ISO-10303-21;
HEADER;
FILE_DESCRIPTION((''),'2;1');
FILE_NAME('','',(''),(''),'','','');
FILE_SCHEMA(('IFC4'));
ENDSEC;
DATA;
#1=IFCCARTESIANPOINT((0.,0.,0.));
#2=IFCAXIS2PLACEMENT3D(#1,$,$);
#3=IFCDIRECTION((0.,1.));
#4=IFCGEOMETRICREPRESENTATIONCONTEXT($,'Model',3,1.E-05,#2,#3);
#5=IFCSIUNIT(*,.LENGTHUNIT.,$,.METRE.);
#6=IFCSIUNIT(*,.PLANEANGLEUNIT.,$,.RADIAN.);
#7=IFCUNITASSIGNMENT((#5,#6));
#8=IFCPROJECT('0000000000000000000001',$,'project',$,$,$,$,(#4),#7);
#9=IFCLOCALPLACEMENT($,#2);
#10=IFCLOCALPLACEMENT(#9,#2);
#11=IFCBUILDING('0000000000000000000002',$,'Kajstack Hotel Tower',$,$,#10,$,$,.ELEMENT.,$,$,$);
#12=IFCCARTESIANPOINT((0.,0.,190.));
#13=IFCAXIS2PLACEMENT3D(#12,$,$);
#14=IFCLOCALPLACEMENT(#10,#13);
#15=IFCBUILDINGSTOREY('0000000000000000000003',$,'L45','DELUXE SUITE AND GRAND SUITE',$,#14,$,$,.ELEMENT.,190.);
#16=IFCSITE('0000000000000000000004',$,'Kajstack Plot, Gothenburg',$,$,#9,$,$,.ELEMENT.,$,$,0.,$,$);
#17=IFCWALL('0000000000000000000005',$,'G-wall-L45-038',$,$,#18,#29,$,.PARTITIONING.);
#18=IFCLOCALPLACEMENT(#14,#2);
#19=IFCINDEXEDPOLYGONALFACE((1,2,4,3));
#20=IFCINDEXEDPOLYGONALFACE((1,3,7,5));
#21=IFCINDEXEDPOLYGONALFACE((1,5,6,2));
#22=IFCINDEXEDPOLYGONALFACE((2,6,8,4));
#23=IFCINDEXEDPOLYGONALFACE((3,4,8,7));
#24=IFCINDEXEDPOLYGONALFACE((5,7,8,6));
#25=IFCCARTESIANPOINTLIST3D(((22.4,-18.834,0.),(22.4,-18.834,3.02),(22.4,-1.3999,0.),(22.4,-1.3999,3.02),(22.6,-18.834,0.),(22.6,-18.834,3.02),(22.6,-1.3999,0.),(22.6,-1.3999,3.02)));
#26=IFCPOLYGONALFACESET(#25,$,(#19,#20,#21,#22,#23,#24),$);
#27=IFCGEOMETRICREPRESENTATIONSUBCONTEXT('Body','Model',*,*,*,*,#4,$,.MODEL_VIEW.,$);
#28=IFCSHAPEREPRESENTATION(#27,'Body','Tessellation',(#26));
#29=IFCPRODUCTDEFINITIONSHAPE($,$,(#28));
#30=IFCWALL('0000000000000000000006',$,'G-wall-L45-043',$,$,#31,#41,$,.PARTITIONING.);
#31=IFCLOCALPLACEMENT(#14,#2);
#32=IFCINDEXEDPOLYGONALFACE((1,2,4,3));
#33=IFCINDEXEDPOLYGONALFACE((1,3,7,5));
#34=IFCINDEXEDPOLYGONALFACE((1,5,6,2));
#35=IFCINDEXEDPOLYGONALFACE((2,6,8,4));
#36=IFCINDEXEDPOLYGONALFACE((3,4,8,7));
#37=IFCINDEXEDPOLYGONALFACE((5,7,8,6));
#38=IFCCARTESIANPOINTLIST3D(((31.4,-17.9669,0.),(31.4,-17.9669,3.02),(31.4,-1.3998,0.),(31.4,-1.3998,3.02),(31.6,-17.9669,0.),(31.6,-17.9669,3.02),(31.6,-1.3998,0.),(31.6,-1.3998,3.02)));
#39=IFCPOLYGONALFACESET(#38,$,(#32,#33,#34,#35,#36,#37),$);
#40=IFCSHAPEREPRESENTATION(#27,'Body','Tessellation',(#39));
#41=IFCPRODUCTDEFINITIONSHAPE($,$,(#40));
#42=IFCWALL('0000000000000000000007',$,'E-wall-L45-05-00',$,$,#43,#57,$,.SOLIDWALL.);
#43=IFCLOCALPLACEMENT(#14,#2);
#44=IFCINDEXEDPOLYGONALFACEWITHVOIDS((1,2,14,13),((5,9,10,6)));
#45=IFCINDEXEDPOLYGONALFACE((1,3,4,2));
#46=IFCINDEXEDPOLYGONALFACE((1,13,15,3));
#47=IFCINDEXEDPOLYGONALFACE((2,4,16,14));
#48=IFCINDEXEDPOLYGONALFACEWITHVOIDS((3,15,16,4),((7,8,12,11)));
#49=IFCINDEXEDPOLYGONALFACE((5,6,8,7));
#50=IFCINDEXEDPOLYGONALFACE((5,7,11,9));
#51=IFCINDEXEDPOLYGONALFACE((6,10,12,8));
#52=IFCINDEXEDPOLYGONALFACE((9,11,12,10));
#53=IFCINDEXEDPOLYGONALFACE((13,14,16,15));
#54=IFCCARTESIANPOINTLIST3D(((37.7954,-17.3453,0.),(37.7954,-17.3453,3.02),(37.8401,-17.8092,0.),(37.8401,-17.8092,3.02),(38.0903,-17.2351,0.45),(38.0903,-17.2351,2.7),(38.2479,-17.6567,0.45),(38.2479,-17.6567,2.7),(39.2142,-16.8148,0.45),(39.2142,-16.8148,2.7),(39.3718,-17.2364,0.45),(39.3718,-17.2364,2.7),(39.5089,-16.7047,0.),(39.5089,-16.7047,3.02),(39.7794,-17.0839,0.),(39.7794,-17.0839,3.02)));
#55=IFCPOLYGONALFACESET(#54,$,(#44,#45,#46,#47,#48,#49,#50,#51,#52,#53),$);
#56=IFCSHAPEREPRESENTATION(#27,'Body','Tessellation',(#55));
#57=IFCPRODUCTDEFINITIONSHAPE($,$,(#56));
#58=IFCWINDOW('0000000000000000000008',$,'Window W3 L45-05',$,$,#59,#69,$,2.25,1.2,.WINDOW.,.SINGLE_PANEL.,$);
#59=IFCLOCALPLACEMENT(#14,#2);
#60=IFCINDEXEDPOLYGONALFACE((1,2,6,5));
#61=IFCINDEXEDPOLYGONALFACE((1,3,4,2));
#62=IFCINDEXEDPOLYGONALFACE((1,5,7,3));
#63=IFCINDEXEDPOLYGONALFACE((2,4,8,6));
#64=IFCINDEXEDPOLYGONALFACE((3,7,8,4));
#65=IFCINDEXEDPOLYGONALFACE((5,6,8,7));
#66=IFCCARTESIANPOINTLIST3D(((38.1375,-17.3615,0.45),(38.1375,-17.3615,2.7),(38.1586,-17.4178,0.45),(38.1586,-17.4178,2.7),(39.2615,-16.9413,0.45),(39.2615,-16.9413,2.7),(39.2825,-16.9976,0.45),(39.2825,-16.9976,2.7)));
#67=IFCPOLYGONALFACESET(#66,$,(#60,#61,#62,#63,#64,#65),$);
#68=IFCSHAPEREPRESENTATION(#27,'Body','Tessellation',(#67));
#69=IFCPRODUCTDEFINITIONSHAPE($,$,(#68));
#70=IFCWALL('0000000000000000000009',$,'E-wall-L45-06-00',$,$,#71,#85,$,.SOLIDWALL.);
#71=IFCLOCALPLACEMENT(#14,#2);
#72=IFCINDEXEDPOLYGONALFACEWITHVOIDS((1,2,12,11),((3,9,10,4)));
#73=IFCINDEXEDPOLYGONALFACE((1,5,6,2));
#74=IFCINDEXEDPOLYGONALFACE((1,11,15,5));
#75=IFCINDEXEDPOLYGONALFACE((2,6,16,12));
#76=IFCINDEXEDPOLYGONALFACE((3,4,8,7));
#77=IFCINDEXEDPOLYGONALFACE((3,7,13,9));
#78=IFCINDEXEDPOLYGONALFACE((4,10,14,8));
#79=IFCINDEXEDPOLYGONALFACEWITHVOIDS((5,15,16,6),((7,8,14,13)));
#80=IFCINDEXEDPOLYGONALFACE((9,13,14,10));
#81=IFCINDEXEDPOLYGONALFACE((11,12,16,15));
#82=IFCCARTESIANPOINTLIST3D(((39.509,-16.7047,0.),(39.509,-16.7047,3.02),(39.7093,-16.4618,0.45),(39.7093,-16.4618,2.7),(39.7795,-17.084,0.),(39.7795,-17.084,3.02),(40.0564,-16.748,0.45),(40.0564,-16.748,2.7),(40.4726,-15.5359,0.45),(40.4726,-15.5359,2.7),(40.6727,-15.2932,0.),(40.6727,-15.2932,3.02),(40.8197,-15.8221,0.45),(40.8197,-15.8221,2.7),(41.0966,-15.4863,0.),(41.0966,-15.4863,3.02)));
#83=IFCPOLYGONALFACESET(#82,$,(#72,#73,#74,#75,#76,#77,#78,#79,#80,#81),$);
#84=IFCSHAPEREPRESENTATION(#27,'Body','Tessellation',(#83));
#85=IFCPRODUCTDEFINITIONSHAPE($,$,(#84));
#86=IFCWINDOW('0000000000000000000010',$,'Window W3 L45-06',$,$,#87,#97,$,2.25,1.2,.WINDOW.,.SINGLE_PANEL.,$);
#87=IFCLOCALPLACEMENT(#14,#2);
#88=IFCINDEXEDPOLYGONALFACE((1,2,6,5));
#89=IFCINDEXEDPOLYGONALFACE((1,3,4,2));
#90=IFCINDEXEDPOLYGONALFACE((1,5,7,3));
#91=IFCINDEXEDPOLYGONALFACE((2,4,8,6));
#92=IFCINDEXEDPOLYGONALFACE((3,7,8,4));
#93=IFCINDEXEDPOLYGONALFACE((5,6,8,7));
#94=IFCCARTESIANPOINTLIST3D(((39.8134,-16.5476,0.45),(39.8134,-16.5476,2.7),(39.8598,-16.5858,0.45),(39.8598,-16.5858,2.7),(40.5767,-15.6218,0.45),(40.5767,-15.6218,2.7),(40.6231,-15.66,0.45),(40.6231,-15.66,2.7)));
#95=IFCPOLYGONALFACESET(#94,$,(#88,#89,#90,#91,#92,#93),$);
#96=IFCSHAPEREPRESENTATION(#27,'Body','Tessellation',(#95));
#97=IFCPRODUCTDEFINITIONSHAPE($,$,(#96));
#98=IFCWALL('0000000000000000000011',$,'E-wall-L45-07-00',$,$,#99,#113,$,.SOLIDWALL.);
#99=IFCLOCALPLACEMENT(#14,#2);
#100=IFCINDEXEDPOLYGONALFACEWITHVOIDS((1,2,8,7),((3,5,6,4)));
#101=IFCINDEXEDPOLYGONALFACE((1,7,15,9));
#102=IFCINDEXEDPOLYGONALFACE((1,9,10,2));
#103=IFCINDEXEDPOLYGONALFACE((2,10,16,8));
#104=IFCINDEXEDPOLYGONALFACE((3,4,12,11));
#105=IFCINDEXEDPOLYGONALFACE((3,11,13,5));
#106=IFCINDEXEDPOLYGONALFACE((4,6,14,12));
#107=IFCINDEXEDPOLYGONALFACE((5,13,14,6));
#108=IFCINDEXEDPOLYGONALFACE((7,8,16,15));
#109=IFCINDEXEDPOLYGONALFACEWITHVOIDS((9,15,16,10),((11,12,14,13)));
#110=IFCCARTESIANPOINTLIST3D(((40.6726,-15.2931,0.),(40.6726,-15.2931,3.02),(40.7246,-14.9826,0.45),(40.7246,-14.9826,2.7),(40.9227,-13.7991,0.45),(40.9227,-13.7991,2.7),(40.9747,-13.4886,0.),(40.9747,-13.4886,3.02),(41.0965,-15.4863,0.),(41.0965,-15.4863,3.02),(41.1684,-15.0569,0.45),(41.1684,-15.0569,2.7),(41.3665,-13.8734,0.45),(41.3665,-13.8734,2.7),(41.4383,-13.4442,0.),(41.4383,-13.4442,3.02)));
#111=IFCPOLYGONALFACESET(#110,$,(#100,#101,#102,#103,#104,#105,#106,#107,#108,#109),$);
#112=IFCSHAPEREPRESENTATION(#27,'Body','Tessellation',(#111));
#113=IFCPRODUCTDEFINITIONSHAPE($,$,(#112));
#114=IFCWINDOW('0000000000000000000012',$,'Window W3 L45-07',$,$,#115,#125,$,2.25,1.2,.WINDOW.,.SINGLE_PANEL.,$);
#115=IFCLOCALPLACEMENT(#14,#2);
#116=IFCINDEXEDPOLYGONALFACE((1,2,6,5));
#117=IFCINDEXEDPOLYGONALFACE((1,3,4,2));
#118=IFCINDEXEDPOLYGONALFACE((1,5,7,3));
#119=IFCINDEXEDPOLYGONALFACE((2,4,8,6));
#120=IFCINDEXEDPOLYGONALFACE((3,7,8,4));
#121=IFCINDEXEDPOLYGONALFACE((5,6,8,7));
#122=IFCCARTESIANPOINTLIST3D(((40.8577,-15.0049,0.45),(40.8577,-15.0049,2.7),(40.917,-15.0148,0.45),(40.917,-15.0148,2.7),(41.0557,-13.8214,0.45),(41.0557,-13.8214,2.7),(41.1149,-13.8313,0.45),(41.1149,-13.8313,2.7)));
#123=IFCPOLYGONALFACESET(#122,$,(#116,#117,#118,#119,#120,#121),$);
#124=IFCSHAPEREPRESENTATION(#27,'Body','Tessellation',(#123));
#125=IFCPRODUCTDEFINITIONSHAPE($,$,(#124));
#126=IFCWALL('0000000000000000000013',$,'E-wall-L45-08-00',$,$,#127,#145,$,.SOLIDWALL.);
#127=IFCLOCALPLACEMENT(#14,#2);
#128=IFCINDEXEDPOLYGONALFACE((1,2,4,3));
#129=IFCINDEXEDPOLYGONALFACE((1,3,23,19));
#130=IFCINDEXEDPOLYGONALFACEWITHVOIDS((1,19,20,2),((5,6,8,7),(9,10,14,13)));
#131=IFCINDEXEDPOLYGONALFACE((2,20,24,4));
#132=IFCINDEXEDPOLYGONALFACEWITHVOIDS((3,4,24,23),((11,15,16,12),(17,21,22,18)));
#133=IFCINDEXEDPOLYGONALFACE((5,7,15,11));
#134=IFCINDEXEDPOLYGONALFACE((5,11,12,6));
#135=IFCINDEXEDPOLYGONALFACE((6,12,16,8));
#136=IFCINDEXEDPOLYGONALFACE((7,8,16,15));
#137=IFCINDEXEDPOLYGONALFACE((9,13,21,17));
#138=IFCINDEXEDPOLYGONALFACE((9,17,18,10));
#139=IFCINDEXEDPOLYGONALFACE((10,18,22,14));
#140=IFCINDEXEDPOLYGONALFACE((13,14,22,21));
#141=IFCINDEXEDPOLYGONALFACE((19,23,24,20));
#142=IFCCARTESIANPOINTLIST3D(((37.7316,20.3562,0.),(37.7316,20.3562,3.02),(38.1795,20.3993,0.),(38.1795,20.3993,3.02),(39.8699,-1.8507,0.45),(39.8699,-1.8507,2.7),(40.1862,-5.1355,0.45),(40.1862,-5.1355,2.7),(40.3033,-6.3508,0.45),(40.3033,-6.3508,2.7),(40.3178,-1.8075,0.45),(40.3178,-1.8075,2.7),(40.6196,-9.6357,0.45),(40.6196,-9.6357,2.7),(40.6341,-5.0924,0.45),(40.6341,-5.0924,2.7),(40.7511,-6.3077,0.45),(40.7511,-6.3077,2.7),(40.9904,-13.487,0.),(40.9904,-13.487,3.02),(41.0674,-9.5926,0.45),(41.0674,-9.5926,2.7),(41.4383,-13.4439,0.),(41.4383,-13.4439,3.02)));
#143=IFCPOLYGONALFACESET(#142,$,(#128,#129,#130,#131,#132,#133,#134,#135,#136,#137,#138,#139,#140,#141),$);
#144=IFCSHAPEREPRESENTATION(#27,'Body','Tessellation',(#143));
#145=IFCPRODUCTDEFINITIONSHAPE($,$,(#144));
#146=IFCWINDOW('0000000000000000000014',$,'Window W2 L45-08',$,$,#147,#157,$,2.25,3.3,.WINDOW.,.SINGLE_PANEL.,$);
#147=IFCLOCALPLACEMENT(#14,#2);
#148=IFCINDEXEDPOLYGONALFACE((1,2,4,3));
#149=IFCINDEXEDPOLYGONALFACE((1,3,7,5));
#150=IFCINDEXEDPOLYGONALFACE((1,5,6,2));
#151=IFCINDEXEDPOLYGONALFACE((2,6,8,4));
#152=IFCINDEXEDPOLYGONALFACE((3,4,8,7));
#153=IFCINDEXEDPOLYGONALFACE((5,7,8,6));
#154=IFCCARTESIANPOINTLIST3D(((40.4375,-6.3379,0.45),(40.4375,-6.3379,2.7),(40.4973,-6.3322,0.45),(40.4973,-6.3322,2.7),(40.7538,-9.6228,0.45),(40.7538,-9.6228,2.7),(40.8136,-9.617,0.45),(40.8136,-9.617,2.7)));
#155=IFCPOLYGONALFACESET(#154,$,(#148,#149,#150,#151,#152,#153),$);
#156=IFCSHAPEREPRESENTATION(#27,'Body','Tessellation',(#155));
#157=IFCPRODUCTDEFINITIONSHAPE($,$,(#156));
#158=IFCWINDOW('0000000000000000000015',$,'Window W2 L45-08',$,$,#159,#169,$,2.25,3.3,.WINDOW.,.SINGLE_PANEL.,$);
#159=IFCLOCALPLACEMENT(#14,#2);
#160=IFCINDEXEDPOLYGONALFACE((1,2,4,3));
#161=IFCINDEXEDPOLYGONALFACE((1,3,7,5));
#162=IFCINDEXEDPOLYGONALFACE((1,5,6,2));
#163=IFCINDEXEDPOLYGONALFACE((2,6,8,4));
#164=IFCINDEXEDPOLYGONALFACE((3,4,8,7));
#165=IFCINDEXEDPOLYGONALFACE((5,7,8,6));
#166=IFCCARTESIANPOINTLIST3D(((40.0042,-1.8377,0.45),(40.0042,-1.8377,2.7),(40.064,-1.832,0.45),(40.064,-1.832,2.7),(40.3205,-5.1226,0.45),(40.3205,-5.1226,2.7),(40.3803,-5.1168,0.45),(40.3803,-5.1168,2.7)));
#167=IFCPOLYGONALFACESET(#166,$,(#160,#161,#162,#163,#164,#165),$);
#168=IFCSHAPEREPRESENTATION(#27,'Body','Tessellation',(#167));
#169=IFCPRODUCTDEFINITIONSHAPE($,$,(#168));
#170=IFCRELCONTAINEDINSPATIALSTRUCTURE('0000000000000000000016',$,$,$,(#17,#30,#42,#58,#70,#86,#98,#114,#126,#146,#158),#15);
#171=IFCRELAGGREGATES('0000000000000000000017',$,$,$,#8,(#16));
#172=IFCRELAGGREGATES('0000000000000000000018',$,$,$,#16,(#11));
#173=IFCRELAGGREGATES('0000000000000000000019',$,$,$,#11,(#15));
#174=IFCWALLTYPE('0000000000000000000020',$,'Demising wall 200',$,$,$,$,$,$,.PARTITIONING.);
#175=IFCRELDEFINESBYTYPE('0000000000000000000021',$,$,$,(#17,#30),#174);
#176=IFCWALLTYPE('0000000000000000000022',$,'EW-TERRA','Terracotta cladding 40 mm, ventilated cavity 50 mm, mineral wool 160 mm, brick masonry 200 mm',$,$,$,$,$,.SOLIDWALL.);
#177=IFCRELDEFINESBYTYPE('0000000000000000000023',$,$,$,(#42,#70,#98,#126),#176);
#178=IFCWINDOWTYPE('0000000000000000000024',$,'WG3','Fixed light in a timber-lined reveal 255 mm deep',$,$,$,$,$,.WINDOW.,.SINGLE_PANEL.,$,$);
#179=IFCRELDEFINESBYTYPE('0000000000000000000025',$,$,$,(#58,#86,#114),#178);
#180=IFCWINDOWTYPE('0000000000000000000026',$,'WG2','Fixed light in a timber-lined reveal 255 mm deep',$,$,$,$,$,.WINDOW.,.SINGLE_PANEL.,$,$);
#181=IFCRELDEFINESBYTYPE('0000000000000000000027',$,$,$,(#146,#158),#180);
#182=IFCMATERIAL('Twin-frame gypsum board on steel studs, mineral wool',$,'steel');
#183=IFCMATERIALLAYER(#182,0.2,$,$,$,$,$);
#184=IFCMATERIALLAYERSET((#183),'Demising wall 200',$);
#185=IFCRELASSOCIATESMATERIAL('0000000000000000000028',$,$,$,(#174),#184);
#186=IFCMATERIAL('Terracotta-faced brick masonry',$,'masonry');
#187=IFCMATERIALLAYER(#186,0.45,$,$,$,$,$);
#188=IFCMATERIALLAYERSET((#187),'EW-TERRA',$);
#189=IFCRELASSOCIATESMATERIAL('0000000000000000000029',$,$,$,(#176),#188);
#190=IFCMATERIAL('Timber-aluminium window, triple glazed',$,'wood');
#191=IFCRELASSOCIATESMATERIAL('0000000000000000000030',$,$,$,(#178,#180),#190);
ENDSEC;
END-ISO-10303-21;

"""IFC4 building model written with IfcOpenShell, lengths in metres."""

from ifc_helpers import new_model, si_unit, direction, frame, frame_2d, origin, place, context, subcontext, project, spatial, polyline, rectangle, outline, extrude, material, layer, layer_set, type_object, element, fill, save


model = new_model("IFC4")

# Units and contexts
model_context = context("Model", 3, precision=1e-05, world=origin(), true_north=direction((0.0, 1.0)))
body_context = subcontext(model_context, "Body", "Model", "MODEL_VIEW")
ifc_project = project(units=[si_unit("LENGTHUNIT", "METRE"), si_unit("PLANEANGLEUNIT", "RADIAN")], contexts=[model_context])

# Site, building, storey
site_placement = place(None, origin())
site = spatial("IfcSite", under=ifc_project, at=site_placement, Name="Kajstack Plot, Gothenburg", CompositionType="ELEMENT", RefElevation=0.0)
building_placement = place(site_placement, origin())
building = spatial("IfcBuilding", under=site, at=building_placement, Name="Kajstack Hotel Tower", CompositionType="ELEMENT")
storey_placement = place(building_placement, frame((0.0, 0.0, 190.0)))
storey = spatial("IfcBuildingStorey", under=building, at=storey_placement, Name="L45", Description="DELUXE SUITE AND GRAND SUITE", CompositionType="ELEMENT", Elevation=190.0)

# Walls
ifc_material_1 = material(Name="Twin-frame gypsum board on steel studs, mineral wool", Category="steel")
ifc_layer_1 = layer(ifc_material_1, 0.2)
ifc_layer_set_1 = layer_set([ifc_layer_1], Name="Demising wall 200")
wall_type_1 = type_object("IfcWallType", Name="Demising wall 200", PredefinedType="PARTITIONING", material=ifc_layer_set_1)
wall_1_placement = place(storey_placement, frame((22.5, -18.834, 0.0), z_axis=(0.0, 0.0, 1.0), x_axis=(0.0, 1.0, 0.0)))
element("IfcWall", 1, at=wall_1_placement, inside=storey, type_object=wall_type_1, Name="G-wall-L45-038", PredefinedType="PARTITIONING", context=body_context, shape_type="SweptSolid", body=[
    extrude(rectangle(XDim=17.4341, YDim=0.2, at=frame_2d((8.717, 0.0))), origin(), (0.0, 0.0, 1.0), 3.02),
])
wall_2_placement = place(storey_placement, frame((31.5, -17.967, 0.0), z_axis=(0.0, 0.0, 1.0), x_axis=(0.0, 1.0, 0.0)))
element("IfcWall", 2, at=wall_2_placement, inside=storey, type_object=wall_type_1, Name="G-wall-L45-043", PredefinedType="PARTITIONING", context=body_context, shape_type="SweptSolid", body=[
    extrude(rectangle(XDim=16.5671, YDim=0.2, at=frame_2d((8.2837, 0.0))), origin(), (0.0, 0.0, 1.0), 3.02),
])

# Walls, openings, windows
ifc_material_2 = material(Name="Terracotta-faced brick masonry", Category="masonry")
ifc_layer_2 = layer(ifc_material_2, 0.45)
ifc_layer_set_2 = layer_set([ifc_layer_2], Name="EW-TERRA")
wall_type_2 = type_object("IfcWallType", Name="EW-TERRA", Description="Terracotta cladding 40 mm, ventilated cavity 50 mm, mineral wool 160 mm, brick masonry 200 mm", PredefinedType="SOLIDWALL", material=ifc_layer_set_2)
wall_3_placement = place(storey_placement, frame((37.7612, -17.5984, 0.0), z_axis=(0.0, 0.0, 1.0), x_axis=(0.936678, 0.350193, 0.0)))
wall_3 = element("IfcWall", 3, at=wall_3_placement, inside=storey, type_object=wall_type_2, Name="E-wall-L45-05-00", PredefinedType="SOLIDWALL", context=body_context, shape_type="SweptSolid", body=[
    extrude(outline(polyline([(0.0, -0.2251), (2.0706, -0.2249), (1.95, 0.2251), (0.1206, 0.2251), (0.0, -0.2251)])), origin(), (0.0, 0.0, 1.0), 3.02),
])
opening_1_placement = place(wall_3_placement, frame((0.4353, 0.0, 0.45)))
opening_1 = element("IfcOpeningElement", 4, at=opening_1_placement, cuts=wall_3, PredefinedType="OPENING", context=body_context, shape_type="SweptSolid", body=[
    extrude(rectangle(XDim=1.2, YDim=2.25, at=frame_2d((0.6001, 1.125))), frame((0.0, 0.2349, 0.0), z_axis=(0.0, -1.0, 0.0), x_axis=(1.0, 0.0, 0.0)), (0.0, 0.0, 1.0), 0.47),
])
ifc_material_3 = material(Name="Timber-aluminium window, triple glazed", Category="wood")
window_type_1 = type_object("IfcWindowType", Name="WG3", Description="Fixed light in a timber-lined reveal 255 mm deep", PartitioningType="SINGLE_PANEL", PredefinedType="WINDOW", material=ifc_material_3)
window_1_placement = place(opening_1_placement, origin())
window_1 = element("IfcWindow", 5, at=window_1_placement, inside=storey, type_object=window_type_1, Name="Window W3 L45-05", OverallHeight=2.25, OverallWidth=1.2, PartitioningType="SINGLE_PANEL", PredefinedType="WINDOW", context=body_context, shape_type="SweptSolid", body=[
    extrude(rectangle(XDim=1.2, YDim=2.25, at=frame_2d((0.6001, 1.125))), frame((0.0, 0.0901, 0.0), z_axis=(0.0, -1.0, 0.0), x_axis=(1.0, 0.0, 0.0)), (0.0, 0.0, 1.0), 0.0601),
])
fill(opening_1, window_1)
wall_4_placement = place(storey_placement, frame((39.606, -16.9409, 0.0), z_axis=(0.0, 0.0, 1.0), x_axis=(0.636116, 0.771593, 0.0)))
wall_4 = element("IfcWall", 6, at=wall_4_placement, inside=storey, type_object=wall_type_2, Name="E-wall-L45-06-00", PredefinedType="SOLIDWALL", context=body_context, shape_type="SweptSolid", body=[
    extrude(outline(polyline([(0.0, -0.2249), (2.0706, -0.2249), (1.95, 0.2251), (0.1206, 0.2251), (0.0, -0.2249)])), origin(), (0.0, 0.0, 1.0), 3.02),
])
opening_2_placement = place(wall_4_placement, frame((0.4353, 0.0, 0.45)))
opening_2 = element("IfcOpeningElement", 7, at=opening_2_placement, cuts=wall_4, PredefinedType="OPENING", context=body_context, shape_type="SweptSolid", body=[
    extrude(rectangle(XDim=1.2, YDim=2.25, at=frame_2d((0.6001, 1.125))), frame((0.0, 0.2349, 0.0), z_axis=(0.0, -1.0, 0.0), x_axis=(1.0, 0.0, 0.0)), (0.0, 0.0, 1.0), 0.47),
])
window_2_placement = place(opening_2_placement, origin())
window_2 = element("IfcWindow", 8, at=window_2_placement, inside=storey, type_object=window_type_1, Name="Window W3 L45-06", OverallHeight=2.25, OverallWidth=1.2, PartitioningType="SINGLE_PANEL", PredefinedType="WINDOW", context=body_context, shape_type="SweptSolid", body=[
    extrude(rectangle(XDim=1.2, YDim=2.25, at=frame_2d((0.6001, 1.125))), frame((0.0, 0.0901, 0.0), z_axis=(0.0, -1.0, 0.0), x_axis=(1.0, 0.0, 0.0)), (0.0, 0.0, 1.0), 0.0601),
])
fill(opening_2, window_2)
wall_5_placement = place(storey_placement, frame((40.8748, -15.4492, 0.0), z_axis=(0.0, 0.0, 1.0), x_axis=(0.164953, 0.986301, 0.0)))
wall_5 = element("IfcWall", 9, at=wall_5_placement, inside=storey, type_object=wall_type_2, Name="E-wall-L45-07-00", PredefinedType="SOLIDWALL", context=body_context, shape_type="SweptSolid", body=[
    extrude(outline(polyline([(0.0, -0.2249), (2.0706, -0.2251), (1.9502, 0.2249), (0.1206, 0.2251), (0.0, -0.2249)])), origin(), (0.0, 0.0, 1.0), 3.02),
])
opening_3_placement = place(wall_5_placement, frame((0.4353, 0.0, 0.45)))
opening_3 = element("IfcOpeningElement", 10, at=opening_3_placement, cuts=wall_5, PredefinedType="OPENING", context=body_context, shape_type="SweptSolid", body=[
    extrude(rectangle(XDim=1.2, YDim=2.25, at=frame_2d((0.6001, 1.125))), frame((0.0, 0.2349, 0.0), z_axis=(0.0, -1.0, 0.0), x_axis=(1.0, 0.0, 0.0)), (0.0, 0.0, 1.0), 0.47),
])
window_3_placement = place(opening_3_placement, origin())
window_3 = element("IfcWindow", 11, at=window_3_placement, inside=storey, type_object=window_type_1, Name="Window W3 L45-07", OverallHeight=2.25, OverallWidth=1.2, PartitioningType="SINGLE_PANEL", PredefinedType="WINDOW", context=body_context, shape_type="SweptSolid", body=[
    extrude(rectangle(XDim=1.2, YDim=2.25, at=frame_2d((0.6001, 1.125))), frame((0.0, 0.0901, 0.0), z_axis=(0.0, -1.0, 0.0), x_axis=(1.0, 0.0, 0.0)), (0.0, 0.0, 1.0), 0.0601),
])
fill(opening_3, window_3)

# Wall, openings, windows
wall_6_placement = place(storey_placement, frame((41.2144, -13.4656, 0.0), z_axis=(0.0, 0.0, 1.0), x_axis=(-0.095847, 0.995396, 0.0)))
wall_6 = element("IfcWall", 12, at=wall_6_placement, inside=storey, type_object=wall_type_2, Name="E-wall-L45-08-00", PredefinedType="SOLIDWALL", context=body_context, shape_type="SweptSolid", body=[
    extrude(rectangle(XDim=33.9998, YDim=0.45, at=frame_2d((17.0, 0.0))), origin(), (0.0, 0.0, 1.0), 3.02),
])
opening_4_placement = place(wall_6_placement, frame((3.8694, 0.0, 0.45)))
opening_4 = element("IfcOpeningElement", 13, at=opening_4_placement, cuts=wall_6, PredefinedType="OPENING", context=body_context, shape_type="SweptSolid", body=[
    extrude(rectangle(XDim=3.3, YDim=2.25, at=frame_2d((1.6499, 1.125))), frame((0.0, 0.2349, 0.0), z_axis=(0.0, -1.0, 0.0), x_axis=(1.0, 0.0, 0.0)), (0.0, 0.0, 1.0), 0.47),
])
opening_5_placement = place(wall_6_placement, frame((8.3904, 0.0, 0.45)))
opening_5 = element("IfcOpeningElement", 14, at=opening_5_placement, cuts=wall_6, PredefinedType="OPENING", context=body_context, shape_type="SweptSolid", body=[
    extrude(rectangle(XDim=3.3, YDim=2.25, at=frame_2d((1.6499, 1.125))), frame((0.0, 0.2349, 0.0), z_axis=(0.0, -1.0, 0.0), x_axis=(1.0, 0.0, 0.0)), (0.0, 0.0, 1.0), 0.47),
])
window_type_2 = type_object("IfcWindowType", Name="WG2", Description="Fixed light in a timber-lined reveal 255 mm deep", PartitioningType="SINGLE_PANEL", PredefinedType="WINDOW", material=ifc_material_3)
window_4_placement = place(opening_4_placement, origin())
window_4 = element("IfcWindow", 15, at=window_4_placement, inside=storey, type_object=window_type_2, Name="Window W2 L45-08", OverallHeight=2.25, OverallWidth=3.3, PartitioningType="SINGLE_PANEL", PredefinedType="WINDOW", context=body_context, shape_type="SweptSolid", body=[
    extrude(rectangle(XDim=3.3, YDim=2.25, at=frame_2d((1.6499, 1.125))), frame((0.0, 0.0901, 0.0), z_axis=(0.0, -1.0, 0.0), x_axis=(1.0, 0.0, 0.0)), (0.0, 0.0, 1.0), 0.0601),
])
fill(opening_4, window_4)
window_5_placement = place(opening_5_placement, origin())
window_5 = element("IfcWindow", 16, at=window_5_placement, inside=storey, type_object=window_type_2, Name="Window W2 L45-08", OverallHeight=2.25, OverallWidth=3.3, PartitioningType="SINGLE_PANEL", PredefinedType="WINDOW", context=body_context, shape_type="SweptSolid", body=[
    extrude(rectangle(XDim=3.3, YDim=2.25, at=frame_2d((1.6499, 1.125))), frame((0.0, 0.0901, 0.0), z_axis=(0.0, -1.0, 0.0), x_axis=(1.0, 0.0, 0.0)), (0.0, 0.0, 1.0), 0.0601),
])
fill(opening_5, window_5)

save(model, "model.ifc")
